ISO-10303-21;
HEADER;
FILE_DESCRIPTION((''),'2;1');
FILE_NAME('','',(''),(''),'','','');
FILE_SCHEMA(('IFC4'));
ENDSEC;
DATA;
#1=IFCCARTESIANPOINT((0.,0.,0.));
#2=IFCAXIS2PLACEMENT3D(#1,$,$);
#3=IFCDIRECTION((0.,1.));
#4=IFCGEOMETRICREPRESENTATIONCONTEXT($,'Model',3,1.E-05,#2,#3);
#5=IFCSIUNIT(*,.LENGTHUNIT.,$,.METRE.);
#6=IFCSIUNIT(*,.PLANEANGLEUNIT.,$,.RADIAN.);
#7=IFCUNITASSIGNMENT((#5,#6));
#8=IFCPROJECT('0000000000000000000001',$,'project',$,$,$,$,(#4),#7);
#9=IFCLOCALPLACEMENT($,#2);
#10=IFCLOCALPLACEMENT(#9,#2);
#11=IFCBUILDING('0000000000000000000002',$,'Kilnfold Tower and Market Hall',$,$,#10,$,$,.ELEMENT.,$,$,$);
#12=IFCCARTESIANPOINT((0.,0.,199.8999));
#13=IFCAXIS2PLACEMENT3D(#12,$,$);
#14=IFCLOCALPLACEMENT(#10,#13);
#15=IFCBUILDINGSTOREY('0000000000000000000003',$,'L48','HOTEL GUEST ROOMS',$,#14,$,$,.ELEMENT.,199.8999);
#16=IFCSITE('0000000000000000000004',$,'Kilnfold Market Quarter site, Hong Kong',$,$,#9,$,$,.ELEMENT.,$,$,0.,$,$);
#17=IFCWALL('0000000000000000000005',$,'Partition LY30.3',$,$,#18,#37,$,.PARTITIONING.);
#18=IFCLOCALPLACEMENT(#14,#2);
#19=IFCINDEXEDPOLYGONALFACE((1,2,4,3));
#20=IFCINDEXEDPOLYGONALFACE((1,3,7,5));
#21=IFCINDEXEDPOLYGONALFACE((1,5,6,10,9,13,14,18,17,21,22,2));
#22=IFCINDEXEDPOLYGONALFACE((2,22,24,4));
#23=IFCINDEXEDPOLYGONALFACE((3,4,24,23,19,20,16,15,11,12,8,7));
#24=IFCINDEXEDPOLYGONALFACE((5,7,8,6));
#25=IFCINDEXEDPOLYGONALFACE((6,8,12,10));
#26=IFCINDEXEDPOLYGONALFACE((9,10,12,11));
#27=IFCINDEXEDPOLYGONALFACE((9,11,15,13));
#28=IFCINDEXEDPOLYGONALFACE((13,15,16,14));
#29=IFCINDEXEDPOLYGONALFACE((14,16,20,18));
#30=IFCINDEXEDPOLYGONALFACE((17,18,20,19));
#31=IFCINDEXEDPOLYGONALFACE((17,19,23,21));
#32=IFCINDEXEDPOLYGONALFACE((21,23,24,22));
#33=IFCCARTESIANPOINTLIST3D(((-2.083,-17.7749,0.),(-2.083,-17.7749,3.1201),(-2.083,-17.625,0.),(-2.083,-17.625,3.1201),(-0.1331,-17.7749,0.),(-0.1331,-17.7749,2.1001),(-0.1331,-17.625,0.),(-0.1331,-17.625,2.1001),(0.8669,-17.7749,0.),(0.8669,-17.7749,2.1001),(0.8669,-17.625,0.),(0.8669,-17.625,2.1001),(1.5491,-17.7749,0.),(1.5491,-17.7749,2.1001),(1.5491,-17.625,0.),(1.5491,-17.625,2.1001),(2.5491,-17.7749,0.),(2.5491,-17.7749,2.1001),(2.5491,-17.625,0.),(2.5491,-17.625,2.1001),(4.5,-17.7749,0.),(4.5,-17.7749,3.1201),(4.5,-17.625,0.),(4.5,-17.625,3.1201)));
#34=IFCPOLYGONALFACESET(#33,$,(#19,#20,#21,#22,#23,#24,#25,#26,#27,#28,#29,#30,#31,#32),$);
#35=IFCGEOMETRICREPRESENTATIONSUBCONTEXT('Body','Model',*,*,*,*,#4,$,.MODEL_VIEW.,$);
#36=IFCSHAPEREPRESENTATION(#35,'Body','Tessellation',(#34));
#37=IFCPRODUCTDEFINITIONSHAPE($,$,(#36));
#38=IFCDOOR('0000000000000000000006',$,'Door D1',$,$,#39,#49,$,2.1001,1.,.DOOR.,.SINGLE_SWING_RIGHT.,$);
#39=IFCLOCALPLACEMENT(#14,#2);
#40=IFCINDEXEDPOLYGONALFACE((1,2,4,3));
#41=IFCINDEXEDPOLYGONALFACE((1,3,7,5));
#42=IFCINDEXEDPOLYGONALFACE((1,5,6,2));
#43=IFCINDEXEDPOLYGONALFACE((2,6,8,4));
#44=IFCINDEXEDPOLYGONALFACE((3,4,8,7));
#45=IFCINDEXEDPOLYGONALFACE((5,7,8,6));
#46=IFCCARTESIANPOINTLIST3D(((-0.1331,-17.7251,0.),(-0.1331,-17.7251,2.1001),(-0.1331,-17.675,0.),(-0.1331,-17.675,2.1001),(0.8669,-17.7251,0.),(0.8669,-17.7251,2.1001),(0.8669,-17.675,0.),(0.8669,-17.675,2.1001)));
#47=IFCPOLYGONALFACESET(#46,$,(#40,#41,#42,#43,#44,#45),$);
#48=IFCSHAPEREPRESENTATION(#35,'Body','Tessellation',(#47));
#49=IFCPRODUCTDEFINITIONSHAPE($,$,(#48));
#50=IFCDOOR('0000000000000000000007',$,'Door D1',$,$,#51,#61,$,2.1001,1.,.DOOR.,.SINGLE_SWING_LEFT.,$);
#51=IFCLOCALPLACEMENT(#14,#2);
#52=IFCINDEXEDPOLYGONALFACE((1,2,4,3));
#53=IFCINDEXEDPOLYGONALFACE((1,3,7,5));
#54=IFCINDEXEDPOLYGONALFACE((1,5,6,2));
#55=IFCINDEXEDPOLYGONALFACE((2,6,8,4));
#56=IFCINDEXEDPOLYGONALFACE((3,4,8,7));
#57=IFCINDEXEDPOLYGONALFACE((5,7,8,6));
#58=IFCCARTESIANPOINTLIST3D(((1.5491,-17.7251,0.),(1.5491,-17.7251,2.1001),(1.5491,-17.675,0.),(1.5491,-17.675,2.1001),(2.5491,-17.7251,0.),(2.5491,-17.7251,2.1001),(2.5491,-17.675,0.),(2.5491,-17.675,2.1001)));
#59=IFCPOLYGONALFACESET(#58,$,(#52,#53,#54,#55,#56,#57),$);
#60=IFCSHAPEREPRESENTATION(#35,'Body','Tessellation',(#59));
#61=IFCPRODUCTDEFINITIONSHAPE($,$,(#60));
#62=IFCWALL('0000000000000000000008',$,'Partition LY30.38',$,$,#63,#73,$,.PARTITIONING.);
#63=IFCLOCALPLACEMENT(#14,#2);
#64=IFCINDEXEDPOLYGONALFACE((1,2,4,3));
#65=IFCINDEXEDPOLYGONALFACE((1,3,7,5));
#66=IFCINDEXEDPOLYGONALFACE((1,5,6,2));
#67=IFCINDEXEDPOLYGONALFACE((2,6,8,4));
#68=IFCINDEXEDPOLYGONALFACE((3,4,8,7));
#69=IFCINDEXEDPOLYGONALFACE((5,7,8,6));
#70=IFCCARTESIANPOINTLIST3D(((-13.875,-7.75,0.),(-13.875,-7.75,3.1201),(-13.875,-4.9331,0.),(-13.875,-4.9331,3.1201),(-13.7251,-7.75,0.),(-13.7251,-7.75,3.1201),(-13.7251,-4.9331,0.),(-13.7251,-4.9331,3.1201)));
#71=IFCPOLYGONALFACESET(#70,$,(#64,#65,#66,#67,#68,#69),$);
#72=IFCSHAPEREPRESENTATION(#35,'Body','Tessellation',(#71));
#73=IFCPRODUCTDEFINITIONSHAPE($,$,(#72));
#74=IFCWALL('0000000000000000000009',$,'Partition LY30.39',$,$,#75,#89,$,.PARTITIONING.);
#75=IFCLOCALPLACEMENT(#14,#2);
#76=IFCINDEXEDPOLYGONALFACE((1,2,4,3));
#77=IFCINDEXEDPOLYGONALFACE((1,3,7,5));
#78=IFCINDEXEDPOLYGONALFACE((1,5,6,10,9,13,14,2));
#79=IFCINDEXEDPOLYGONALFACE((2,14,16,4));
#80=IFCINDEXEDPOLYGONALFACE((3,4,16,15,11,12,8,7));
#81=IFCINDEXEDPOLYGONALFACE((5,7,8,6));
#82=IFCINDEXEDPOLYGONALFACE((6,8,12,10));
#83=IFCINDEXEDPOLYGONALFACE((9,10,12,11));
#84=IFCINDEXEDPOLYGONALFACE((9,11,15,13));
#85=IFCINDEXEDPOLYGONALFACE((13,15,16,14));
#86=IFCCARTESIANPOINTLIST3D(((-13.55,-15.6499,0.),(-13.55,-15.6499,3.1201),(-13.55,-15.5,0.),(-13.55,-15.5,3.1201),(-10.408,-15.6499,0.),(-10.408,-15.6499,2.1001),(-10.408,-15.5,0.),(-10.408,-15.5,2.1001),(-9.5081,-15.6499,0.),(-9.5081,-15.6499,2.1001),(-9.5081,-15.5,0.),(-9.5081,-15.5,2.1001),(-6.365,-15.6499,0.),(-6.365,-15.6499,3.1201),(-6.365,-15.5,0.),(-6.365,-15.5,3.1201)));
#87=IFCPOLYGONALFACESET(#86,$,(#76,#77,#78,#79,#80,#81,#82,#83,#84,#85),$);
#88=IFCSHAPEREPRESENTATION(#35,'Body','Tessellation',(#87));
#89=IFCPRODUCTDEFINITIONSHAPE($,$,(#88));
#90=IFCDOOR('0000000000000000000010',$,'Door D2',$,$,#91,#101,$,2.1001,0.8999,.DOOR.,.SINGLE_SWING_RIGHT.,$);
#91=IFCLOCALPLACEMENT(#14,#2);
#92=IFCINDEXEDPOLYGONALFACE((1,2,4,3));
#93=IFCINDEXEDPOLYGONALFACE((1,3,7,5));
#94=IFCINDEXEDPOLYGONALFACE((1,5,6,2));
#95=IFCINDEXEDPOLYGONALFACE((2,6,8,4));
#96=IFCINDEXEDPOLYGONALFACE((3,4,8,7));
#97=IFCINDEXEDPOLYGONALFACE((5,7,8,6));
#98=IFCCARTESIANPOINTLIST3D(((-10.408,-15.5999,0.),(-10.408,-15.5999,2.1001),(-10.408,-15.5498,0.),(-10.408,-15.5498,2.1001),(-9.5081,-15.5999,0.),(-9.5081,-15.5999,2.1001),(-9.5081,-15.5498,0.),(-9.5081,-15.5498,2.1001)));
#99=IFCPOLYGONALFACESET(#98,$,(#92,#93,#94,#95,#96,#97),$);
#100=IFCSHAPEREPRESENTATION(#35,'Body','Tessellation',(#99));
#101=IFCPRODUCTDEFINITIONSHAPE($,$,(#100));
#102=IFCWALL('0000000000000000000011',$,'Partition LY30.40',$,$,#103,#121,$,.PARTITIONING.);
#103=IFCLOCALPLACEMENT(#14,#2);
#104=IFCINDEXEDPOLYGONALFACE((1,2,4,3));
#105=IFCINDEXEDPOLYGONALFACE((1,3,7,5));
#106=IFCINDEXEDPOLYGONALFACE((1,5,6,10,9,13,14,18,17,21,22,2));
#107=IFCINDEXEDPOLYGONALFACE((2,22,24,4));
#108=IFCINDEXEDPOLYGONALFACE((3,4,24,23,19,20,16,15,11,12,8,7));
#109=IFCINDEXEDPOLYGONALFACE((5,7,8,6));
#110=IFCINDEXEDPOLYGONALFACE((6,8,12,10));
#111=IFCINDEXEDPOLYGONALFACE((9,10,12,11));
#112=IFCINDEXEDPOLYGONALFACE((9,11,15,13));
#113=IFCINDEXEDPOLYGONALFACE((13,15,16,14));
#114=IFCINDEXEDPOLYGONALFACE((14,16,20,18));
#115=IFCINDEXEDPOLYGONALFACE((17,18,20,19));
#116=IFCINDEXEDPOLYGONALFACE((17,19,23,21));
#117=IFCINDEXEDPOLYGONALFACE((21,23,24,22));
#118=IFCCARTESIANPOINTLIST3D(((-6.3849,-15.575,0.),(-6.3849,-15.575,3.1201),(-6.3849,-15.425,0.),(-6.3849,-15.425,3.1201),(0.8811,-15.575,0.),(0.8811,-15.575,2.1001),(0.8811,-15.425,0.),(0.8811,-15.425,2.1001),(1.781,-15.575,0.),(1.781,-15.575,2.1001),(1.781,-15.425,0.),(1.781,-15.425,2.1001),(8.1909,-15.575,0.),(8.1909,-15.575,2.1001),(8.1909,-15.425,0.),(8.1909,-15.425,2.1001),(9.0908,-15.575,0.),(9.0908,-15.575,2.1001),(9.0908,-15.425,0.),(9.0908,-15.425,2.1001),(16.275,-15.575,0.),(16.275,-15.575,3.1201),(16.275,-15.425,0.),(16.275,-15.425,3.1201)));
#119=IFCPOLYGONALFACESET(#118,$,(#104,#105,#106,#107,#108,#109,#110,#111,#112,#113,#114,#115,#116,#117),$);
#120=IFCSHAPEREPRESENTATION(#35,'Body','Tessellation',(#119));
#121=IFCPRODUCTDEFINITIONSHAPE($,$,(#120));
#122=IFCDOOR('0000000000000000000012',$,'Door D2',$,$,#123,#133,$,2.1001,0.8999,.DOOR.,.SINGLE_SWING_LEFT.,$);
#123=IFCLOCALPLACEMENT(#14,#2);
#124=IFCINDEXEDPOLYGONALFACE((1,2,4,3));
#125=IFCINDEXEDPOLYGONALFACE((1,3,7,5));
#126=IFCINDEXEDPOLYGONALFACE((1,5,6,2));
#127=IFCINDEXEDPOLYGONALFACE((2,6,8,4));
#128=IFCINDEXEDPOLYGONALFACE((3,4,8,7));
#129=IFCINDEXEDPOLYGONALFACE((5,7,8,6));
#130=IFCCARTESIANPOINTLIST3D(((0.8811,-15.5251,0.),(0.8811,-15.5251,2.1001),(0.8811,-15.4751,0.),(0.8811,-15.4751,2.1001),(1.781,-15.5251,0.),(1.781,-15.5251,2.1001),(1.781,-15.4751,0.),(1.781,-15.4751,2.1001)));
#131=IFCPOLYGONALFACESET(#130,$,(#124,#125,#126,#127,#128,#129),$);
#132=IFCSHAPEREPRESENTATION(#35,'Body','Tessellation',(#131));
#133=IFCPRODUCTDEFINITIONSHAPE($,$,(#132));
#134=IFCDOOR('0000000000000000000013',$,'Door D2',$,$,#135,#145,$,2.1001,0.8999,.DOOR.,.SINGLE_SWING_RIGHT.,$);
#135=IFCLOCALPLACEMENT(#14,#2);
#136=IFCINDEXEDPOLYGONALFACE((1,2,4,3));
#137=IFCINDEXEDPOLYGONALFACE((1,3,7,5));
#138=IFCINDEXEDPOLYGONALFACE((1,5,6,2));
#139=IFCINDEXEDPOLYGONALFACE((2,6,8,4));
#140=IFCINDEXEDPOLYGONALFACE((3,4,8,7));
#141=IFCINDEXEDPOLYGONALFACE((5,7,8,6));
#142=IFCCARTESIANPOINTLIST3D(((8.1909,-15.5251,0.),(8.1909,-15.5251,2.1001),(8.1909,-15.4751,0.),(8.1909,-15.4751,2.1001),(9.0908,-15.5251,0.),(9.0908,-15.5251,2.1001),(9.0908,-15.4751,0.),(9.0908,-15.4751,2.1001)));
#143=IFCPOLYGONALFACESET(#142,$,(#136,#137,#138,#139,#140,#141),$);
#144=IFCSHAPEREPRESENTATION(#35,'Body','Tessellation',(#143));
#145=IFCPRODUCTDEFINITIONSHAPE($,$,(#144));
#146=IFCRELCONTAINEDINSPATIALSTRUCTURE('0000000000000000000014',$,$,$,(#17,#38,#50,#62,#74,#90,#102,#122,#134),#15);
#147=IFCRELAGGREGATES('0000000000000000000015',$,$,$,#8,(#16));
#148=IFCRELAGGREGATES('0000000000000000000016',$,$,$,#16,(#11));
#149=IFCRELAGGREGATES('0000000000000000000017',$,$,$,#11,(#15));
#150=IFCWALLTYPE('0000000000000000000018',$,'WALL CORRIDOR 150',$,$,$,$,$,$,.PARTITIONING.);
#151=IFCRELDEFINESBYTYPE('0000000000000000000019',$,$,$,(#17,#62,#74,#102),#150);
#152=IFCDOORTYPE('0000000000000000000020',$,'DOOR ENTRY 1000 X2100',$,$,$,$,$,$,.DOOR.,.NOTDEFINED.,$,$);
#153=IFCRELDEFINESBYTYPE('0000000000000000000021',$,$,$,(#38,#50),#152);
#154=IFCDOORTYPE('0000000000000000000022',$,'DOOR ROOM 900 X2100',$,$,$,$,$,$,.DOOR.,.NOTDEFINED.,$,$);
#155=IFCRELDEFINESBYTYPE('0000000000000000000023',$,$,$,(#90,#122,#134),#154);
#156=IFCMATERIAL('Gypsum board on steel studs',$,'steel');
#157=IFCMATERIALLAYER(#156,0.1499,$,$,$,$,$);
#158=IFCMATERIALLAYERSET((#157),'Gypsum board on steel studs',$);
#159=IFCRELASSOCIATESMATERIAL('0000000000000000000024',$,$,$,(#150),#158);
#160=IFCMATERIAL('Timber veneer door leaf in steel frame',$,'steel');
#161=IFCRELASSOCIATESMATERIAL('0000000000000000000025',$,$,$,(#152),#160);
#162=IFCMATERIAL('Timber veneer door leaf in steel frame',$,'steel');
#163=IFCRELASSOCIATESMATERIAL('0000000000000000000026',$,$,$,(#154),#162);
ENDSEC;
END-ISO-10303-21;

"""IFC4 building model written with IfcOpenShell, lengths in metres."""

from ifc_helpers import new_model, si_unit, direction, frame, frame_2d, origin, place, context, subcontext, project, spatial, rectangle, extrude, material, layer, layer_set, type_object, element, fill, save


model = new_model("IFC4")

# Units and contexts
model_context = context("Model", 3, precision=1e-05, world=origin(), true_north=direction((0.0, 1.0)))
body_context = subcontext(model_context, "Body", "Model", "MODEL_VIEW")
ifc_project = project(units=[si_unit("LENGTHUNIT", "METRE"), si_unit("PLANEANGLEUNIT", "RADIAN")], contexts=[model_context])

# Site, building, storey
site_placement = place(None, origin())
site = spatial("IfcSite", under=ifc_project, at=site_placement, Name="Kilnfold Market Quarter site, Hong Kong", CompositionType="ELEMENT", RefElevation=0.0)
building_placement = place(site_placement, origin())
building = spatial("IfcBuilding", under=site, at=building_placement, Name="Kilnfold Tower and Market Hall", CompositionType="ELEMENT")
storey_placement = place(building_placement, frame((0.0, 0.0, 199.8999)))
storey = spatial("IfcBuildingStorey", under=building, at=storey_placement, Name="L48", Description="HOTEL GUEST ROOMS", CompositionType="ELEMENT", Elevation=199.8999)

# Wall, openings, doors
ifc_material_1 = material(Name="Gypsum board on steel studs", Category="steel")
ifc_layer_1 = layer(ifc_material_1, 0.1499)
ifc_layer_set_1 = layer_set([ifc_layer_1], Name="Gypsum board on steel studs")
wall_type_1 = type_object("IfcWallType", Name="WALL CORRIDOR 150", PredefinedType="PARTITIONING", material=ifc_layer_set_1)
ifc_material_2 = material(Name="Timber veneer door leaf in steel frame", Category="steel")
door_type_1 = type_object("IfcDoorType", Name="DOOR ENTRY 1000 X2100", OperationType="NOTDEFINED", PredefinedType="DOOR", material=ifc_material_2)
wall_1_placement = place(storey_placement, frame((-2.083, -17.7, 0.0), z_axis=(0.0, 0.0, 1.0), x_axis=(1.0, 0.0, 0.0)))
wall_1 = element("IfcWall", 1, at=wall_1_placement, inside=storey, type_object=wall_type_1, Name="Partition LY30.3", PredefinedType="PARTITIONING", context=body_context, shape_type="SweptSolid", body=[
    extrude(rectangle(XDim=6.583, YDim=0.1499, at=frame_2d((3.2915, 0.0))), origin(), (0.0, 0.0, 1.0), 3.1201),
])
opening_1_placement = place(wall_1_placement, frame((1.95, 0.0, 0.0)))
opening_1 = element("IfcOpeningElement", 2, at=opening_1_placement, cuts=wall_1, PredefinedType="OPENING", context=body_context, shape_type="SweptSolid", body=[
    extrude(rectangle(XDim=1.0, YDim=2.1001, at=frame_2d((0.5, 1.05))), frame((0.0, 0.085, 0.0), z_axis=(0.0, -1.0, 0.0), x_axis=(1.0, 0.0, 0.0)), (0.0, 0.0, 1.0), 0.1699),
])
opening_2_placement = place(wall_1_placement, frame((3.6321, 0.0, 0.0)))
opening_2 = element("IfcOpeningElement", 3, at=opening_2_placement, cuts=wall_1, PredefinedType="OPENING", context=body_context, shape_type="SweptSolid", body=[
    extrude(rectangle(XDim=1.0, YDim=2.1001, at=frame_2d((0.5, 1.05))), frame((0.0, 0.085, 0.0), z_axis=(0.0, -1.0, 0.0), x_axis=(1.0, 0.0, 0.0)), (0.0, 0.0, 1.0), 0.1699),
])
door_1_placement = place(opening_1_placement, origin())
door_1 = element("IfcDoor", 4, at=door_1_placement, inside=storey, type_object=door_type_1, Name="Door D1", OperationType="SINGLE_SWING_RIGHT", OverallHeight=2.1001, OverallWidth=1.0, PredefinedType="DOOR", context=body_context, shape_type="SweptSolid", body=[
    extrude(rectangle(XDim=1.0, YDim=2.1001, at=frame_2d((0.5, 1.05))), frame((0.0, 0.0249, 0.0), z_axis=(0.0, -1.0, 0.0), x_axis=(1.0, 0.0, 0.0)), (0.0, 0.0, 1.0), 0.05),
])
fill(opening_1, door_1)
door_2_placement = place(opening_2_placement, origin())
door_2 = element("IfcDoor", 5, at=door_2_placement, inside=storey, type_object=door_type_1, Name="Door D1", OperationType="SINGLE_SWING_LEFT", OverallHeight=2.1001, OverallWidth=1.0, PredefinedType="DOOR", context=body_context, shape_type="SweptSolid", body=[
    extrude(rectangle(XDim=1.0, YDim=2.1001, at=frame_2d((0.5, 1.05))), frame((0.0, 0.0249, 0.0), z_axis=(0.0, -1.0, 0.0), x_axis=(1.0, 0.0, 0.0)), (0.0, 0.0, 1.0), 0.05),
])
fill(opening_2, door_2)

# Wall
wall_2_placement = place(storey_placement, frame((-13.8, -7.75, 0.0), z_axis=(0.0, 0.0, 1.0), x_axis=(0.0, 1.0, 0.0)))
element("IfcWall", 6, at=wall_2_placement, inside=storey, type_object=wall_type_1, Name="Partition LY30.38", PredefinedType="PARTITIONING", context=body_context, shape_type="SweptSolid", body=[
    extrude(rectangle(XDim=2.8169, YDim=0.1499, at=frame_2d((1.4084, 0.0))), origin(), (0.0, 0.0, 1.0), 3.1201),
])

# Wall, opening, door
wall_3_placement = place(storey_placement, frame((-6.365, -15.575, 0.0), z_axis=(0.0, 0.0, 1.0), x_axis=(-1.0, 0.0, 0.0)))
wall_3 = element("IfcWall", 7, at=wall_3_placement, inside=storey, type_object=wall_type_1, Name="Partition LY30.39", PredefinedType="PARTITIONING", context=body_context, shape_type="SweptSolid", body=[
    extrude(rectangle(XDim=7.1851, YDim=0.1499, at=frame_2d((3.5925, 0.0))), origin(), (0.0, 0.0, 1.0), 3.1201),
])
opening_3_placement = place(wall_3_placement, frame((3.1431, 0.0, 0.0)))
opening_3 = element("IfcOpeningElement", 8, at=opening_3_placement, cuts=wall_3, PredefinedType="OPENING", context=body_context, shape_type="SweptSolid", body=[
    extrude(rectangle(XDim=0.8999, YDim=2.1001, at=frame_2d((0.45, 1.05))), frame((0.0, 0.085, 0.0), z_axis=(0.0, -1.0, 0.0), x_axis=(1.0, 0.0, 0.0)), (0.0, 0.0, 1.0), 0.1699),
])
ifc_material_3 = material(Name="Timber veneer door leaf in steel frame", Category="steel")
door_type_2 = type_object("IfcDoorType", Name="DOOR ROOM 900 X2100", OperationType="NOTDEFINED", PredefinedType="DOOR", material=ifc_material_3)
door_3_placement = place(opening_3_placement, origin())
door_3 = element("IfcDoor", 9, at=door_3_placement, inside=storey, type_object=door_type_2, Name="Door D2", OperationType="SINGLE_SWING_RIGHT", OverallHeight=2.1001, OverallWidth=0.8999, PredefinedType="DOOR", context=body_context, shape_type="SweptSolid", body=[
    extrude(rectangle(XDim=0.8999, YDim=2.1001, at=frame_2d((0.45, 1.05))), frame((0.0, 0.0249, 0.0), z_axis=(0.0, -1.0, 0.0), x_axis=(1.0, 0.0, 0.0)), (0.0, 0.0, 1.0), 0.05),
])
fill(opening_3, door_3)

# Wall, openings, doors
wall_4_placement = place(storey_placement, frame((-6.385, -15.5, 0.0), z_axis=(0.0, 0.0, 1.0), x_axis=(1.0, 0.0, 0.0)))
wall_4 = element("IfcWall", 10, at=wall_4_placement, inside=storey, type_object=wall_type_1, Name="Partition LY30.40", PredefinedType="PARTITIONING", context=body_context, shape_type="SweptSolid", body=[
    extrude(rectangle(XDim=22.6599, YDim=0.1499, at=frame_2d((11.3301, 0.0))), origin(), (0.0, 0.0, 1.0), 3.1201),
])
opening_4_placement = place(wall_4_placement, frame((7.2661, 0.0, 0.0)))
opening_4 = element("IfcOpeningElement", 11, at=opening_4_placement, cuts=wall_4, PredefinedType="OPENING", context=body_context, shape_type="SweptSolid", body=[
    extrude(rectangle(XDim=0.8999, YDim=2.1001, at=frame_2d((0.45, 1.05))), frame((0.0, 0.085, 0.0), z_axis=(0.0, -1.0, 0.0), x_axis=(1.0, 0.0, 0.0)), (0.0, 0.0, 1.0), 0.1699),
])
opening_5_placement = place(wall_4_placement, frame((14.5759, 0.0, 0.0)))
opening_5 = element("IfcOpeningElement", 12, at=opening_5_placement, cuts=wall_4, PredefinedType="OPENING", context=body_context, shape_type="SweptSolid", body=[
    extrude(rectangle(XDim=0.8999, YDim=2.1001, at=frame_2d((0.45, 1.05))), frame((0.0, 0.085, 0.0), z_axis=(0.0, -1.0, 0.0), x_axis=(1.0, 0.0, 0.0)), (0.0, 0.0, 1.0), 0.1699),
])
door_4_placement = place(opening_4_placement, origin())
door_4 = element("IfcDoor", 13, at=door_4_placement, inside=storey, type_object=door_type_2, Name="Door D2", OperationType="SINGLE_SWING_LEFT", OverallHeight=2.1001, OverallWidth=0.8999, PredefinedType="DOOR", context=body_context, shape_type="SweptSolid", body=[
    extrude(rectangle(XDim=0.8999, YDim=2.1001, at=frame_2d((0.45, 1.05))), frame((0.0, 0.0249, 0.0), z_axis=(0.0, -1.0, 0.0), x_axis=(1.0, 0.0, 0.0)), (0.0, 0.0, 1.0), 0.05),
])
fill(opening_4, door_4)
door_5_placement = place(opening_5_placement, origin())
door_5 = element("IfcDoor", 14, at=door_5_placement, inside=storey, type_object=door_type_2, Name="Door D2", OperationType="SINGLE_SWING_RIGHT", OverallHeight=2.1001, OverallWidth=0.8999, PredefinedType="DOOR", context=body_context, shape_type="SweptSolid", body=[
    extrude(rectangle(XDim=0.8999, YDim=2.1001, at=frame_2d((0.45, 1.05))), frame((0.0, 0.0249, 0.0), z_axis=(0.0, -1.0, 0.0), x_axis=(1.0, 0.0, 0.0)), (0.0, 0.0, 1.0), 0.05),
])
fill(opening_5, door_5)

save(model, "model.ifc")
